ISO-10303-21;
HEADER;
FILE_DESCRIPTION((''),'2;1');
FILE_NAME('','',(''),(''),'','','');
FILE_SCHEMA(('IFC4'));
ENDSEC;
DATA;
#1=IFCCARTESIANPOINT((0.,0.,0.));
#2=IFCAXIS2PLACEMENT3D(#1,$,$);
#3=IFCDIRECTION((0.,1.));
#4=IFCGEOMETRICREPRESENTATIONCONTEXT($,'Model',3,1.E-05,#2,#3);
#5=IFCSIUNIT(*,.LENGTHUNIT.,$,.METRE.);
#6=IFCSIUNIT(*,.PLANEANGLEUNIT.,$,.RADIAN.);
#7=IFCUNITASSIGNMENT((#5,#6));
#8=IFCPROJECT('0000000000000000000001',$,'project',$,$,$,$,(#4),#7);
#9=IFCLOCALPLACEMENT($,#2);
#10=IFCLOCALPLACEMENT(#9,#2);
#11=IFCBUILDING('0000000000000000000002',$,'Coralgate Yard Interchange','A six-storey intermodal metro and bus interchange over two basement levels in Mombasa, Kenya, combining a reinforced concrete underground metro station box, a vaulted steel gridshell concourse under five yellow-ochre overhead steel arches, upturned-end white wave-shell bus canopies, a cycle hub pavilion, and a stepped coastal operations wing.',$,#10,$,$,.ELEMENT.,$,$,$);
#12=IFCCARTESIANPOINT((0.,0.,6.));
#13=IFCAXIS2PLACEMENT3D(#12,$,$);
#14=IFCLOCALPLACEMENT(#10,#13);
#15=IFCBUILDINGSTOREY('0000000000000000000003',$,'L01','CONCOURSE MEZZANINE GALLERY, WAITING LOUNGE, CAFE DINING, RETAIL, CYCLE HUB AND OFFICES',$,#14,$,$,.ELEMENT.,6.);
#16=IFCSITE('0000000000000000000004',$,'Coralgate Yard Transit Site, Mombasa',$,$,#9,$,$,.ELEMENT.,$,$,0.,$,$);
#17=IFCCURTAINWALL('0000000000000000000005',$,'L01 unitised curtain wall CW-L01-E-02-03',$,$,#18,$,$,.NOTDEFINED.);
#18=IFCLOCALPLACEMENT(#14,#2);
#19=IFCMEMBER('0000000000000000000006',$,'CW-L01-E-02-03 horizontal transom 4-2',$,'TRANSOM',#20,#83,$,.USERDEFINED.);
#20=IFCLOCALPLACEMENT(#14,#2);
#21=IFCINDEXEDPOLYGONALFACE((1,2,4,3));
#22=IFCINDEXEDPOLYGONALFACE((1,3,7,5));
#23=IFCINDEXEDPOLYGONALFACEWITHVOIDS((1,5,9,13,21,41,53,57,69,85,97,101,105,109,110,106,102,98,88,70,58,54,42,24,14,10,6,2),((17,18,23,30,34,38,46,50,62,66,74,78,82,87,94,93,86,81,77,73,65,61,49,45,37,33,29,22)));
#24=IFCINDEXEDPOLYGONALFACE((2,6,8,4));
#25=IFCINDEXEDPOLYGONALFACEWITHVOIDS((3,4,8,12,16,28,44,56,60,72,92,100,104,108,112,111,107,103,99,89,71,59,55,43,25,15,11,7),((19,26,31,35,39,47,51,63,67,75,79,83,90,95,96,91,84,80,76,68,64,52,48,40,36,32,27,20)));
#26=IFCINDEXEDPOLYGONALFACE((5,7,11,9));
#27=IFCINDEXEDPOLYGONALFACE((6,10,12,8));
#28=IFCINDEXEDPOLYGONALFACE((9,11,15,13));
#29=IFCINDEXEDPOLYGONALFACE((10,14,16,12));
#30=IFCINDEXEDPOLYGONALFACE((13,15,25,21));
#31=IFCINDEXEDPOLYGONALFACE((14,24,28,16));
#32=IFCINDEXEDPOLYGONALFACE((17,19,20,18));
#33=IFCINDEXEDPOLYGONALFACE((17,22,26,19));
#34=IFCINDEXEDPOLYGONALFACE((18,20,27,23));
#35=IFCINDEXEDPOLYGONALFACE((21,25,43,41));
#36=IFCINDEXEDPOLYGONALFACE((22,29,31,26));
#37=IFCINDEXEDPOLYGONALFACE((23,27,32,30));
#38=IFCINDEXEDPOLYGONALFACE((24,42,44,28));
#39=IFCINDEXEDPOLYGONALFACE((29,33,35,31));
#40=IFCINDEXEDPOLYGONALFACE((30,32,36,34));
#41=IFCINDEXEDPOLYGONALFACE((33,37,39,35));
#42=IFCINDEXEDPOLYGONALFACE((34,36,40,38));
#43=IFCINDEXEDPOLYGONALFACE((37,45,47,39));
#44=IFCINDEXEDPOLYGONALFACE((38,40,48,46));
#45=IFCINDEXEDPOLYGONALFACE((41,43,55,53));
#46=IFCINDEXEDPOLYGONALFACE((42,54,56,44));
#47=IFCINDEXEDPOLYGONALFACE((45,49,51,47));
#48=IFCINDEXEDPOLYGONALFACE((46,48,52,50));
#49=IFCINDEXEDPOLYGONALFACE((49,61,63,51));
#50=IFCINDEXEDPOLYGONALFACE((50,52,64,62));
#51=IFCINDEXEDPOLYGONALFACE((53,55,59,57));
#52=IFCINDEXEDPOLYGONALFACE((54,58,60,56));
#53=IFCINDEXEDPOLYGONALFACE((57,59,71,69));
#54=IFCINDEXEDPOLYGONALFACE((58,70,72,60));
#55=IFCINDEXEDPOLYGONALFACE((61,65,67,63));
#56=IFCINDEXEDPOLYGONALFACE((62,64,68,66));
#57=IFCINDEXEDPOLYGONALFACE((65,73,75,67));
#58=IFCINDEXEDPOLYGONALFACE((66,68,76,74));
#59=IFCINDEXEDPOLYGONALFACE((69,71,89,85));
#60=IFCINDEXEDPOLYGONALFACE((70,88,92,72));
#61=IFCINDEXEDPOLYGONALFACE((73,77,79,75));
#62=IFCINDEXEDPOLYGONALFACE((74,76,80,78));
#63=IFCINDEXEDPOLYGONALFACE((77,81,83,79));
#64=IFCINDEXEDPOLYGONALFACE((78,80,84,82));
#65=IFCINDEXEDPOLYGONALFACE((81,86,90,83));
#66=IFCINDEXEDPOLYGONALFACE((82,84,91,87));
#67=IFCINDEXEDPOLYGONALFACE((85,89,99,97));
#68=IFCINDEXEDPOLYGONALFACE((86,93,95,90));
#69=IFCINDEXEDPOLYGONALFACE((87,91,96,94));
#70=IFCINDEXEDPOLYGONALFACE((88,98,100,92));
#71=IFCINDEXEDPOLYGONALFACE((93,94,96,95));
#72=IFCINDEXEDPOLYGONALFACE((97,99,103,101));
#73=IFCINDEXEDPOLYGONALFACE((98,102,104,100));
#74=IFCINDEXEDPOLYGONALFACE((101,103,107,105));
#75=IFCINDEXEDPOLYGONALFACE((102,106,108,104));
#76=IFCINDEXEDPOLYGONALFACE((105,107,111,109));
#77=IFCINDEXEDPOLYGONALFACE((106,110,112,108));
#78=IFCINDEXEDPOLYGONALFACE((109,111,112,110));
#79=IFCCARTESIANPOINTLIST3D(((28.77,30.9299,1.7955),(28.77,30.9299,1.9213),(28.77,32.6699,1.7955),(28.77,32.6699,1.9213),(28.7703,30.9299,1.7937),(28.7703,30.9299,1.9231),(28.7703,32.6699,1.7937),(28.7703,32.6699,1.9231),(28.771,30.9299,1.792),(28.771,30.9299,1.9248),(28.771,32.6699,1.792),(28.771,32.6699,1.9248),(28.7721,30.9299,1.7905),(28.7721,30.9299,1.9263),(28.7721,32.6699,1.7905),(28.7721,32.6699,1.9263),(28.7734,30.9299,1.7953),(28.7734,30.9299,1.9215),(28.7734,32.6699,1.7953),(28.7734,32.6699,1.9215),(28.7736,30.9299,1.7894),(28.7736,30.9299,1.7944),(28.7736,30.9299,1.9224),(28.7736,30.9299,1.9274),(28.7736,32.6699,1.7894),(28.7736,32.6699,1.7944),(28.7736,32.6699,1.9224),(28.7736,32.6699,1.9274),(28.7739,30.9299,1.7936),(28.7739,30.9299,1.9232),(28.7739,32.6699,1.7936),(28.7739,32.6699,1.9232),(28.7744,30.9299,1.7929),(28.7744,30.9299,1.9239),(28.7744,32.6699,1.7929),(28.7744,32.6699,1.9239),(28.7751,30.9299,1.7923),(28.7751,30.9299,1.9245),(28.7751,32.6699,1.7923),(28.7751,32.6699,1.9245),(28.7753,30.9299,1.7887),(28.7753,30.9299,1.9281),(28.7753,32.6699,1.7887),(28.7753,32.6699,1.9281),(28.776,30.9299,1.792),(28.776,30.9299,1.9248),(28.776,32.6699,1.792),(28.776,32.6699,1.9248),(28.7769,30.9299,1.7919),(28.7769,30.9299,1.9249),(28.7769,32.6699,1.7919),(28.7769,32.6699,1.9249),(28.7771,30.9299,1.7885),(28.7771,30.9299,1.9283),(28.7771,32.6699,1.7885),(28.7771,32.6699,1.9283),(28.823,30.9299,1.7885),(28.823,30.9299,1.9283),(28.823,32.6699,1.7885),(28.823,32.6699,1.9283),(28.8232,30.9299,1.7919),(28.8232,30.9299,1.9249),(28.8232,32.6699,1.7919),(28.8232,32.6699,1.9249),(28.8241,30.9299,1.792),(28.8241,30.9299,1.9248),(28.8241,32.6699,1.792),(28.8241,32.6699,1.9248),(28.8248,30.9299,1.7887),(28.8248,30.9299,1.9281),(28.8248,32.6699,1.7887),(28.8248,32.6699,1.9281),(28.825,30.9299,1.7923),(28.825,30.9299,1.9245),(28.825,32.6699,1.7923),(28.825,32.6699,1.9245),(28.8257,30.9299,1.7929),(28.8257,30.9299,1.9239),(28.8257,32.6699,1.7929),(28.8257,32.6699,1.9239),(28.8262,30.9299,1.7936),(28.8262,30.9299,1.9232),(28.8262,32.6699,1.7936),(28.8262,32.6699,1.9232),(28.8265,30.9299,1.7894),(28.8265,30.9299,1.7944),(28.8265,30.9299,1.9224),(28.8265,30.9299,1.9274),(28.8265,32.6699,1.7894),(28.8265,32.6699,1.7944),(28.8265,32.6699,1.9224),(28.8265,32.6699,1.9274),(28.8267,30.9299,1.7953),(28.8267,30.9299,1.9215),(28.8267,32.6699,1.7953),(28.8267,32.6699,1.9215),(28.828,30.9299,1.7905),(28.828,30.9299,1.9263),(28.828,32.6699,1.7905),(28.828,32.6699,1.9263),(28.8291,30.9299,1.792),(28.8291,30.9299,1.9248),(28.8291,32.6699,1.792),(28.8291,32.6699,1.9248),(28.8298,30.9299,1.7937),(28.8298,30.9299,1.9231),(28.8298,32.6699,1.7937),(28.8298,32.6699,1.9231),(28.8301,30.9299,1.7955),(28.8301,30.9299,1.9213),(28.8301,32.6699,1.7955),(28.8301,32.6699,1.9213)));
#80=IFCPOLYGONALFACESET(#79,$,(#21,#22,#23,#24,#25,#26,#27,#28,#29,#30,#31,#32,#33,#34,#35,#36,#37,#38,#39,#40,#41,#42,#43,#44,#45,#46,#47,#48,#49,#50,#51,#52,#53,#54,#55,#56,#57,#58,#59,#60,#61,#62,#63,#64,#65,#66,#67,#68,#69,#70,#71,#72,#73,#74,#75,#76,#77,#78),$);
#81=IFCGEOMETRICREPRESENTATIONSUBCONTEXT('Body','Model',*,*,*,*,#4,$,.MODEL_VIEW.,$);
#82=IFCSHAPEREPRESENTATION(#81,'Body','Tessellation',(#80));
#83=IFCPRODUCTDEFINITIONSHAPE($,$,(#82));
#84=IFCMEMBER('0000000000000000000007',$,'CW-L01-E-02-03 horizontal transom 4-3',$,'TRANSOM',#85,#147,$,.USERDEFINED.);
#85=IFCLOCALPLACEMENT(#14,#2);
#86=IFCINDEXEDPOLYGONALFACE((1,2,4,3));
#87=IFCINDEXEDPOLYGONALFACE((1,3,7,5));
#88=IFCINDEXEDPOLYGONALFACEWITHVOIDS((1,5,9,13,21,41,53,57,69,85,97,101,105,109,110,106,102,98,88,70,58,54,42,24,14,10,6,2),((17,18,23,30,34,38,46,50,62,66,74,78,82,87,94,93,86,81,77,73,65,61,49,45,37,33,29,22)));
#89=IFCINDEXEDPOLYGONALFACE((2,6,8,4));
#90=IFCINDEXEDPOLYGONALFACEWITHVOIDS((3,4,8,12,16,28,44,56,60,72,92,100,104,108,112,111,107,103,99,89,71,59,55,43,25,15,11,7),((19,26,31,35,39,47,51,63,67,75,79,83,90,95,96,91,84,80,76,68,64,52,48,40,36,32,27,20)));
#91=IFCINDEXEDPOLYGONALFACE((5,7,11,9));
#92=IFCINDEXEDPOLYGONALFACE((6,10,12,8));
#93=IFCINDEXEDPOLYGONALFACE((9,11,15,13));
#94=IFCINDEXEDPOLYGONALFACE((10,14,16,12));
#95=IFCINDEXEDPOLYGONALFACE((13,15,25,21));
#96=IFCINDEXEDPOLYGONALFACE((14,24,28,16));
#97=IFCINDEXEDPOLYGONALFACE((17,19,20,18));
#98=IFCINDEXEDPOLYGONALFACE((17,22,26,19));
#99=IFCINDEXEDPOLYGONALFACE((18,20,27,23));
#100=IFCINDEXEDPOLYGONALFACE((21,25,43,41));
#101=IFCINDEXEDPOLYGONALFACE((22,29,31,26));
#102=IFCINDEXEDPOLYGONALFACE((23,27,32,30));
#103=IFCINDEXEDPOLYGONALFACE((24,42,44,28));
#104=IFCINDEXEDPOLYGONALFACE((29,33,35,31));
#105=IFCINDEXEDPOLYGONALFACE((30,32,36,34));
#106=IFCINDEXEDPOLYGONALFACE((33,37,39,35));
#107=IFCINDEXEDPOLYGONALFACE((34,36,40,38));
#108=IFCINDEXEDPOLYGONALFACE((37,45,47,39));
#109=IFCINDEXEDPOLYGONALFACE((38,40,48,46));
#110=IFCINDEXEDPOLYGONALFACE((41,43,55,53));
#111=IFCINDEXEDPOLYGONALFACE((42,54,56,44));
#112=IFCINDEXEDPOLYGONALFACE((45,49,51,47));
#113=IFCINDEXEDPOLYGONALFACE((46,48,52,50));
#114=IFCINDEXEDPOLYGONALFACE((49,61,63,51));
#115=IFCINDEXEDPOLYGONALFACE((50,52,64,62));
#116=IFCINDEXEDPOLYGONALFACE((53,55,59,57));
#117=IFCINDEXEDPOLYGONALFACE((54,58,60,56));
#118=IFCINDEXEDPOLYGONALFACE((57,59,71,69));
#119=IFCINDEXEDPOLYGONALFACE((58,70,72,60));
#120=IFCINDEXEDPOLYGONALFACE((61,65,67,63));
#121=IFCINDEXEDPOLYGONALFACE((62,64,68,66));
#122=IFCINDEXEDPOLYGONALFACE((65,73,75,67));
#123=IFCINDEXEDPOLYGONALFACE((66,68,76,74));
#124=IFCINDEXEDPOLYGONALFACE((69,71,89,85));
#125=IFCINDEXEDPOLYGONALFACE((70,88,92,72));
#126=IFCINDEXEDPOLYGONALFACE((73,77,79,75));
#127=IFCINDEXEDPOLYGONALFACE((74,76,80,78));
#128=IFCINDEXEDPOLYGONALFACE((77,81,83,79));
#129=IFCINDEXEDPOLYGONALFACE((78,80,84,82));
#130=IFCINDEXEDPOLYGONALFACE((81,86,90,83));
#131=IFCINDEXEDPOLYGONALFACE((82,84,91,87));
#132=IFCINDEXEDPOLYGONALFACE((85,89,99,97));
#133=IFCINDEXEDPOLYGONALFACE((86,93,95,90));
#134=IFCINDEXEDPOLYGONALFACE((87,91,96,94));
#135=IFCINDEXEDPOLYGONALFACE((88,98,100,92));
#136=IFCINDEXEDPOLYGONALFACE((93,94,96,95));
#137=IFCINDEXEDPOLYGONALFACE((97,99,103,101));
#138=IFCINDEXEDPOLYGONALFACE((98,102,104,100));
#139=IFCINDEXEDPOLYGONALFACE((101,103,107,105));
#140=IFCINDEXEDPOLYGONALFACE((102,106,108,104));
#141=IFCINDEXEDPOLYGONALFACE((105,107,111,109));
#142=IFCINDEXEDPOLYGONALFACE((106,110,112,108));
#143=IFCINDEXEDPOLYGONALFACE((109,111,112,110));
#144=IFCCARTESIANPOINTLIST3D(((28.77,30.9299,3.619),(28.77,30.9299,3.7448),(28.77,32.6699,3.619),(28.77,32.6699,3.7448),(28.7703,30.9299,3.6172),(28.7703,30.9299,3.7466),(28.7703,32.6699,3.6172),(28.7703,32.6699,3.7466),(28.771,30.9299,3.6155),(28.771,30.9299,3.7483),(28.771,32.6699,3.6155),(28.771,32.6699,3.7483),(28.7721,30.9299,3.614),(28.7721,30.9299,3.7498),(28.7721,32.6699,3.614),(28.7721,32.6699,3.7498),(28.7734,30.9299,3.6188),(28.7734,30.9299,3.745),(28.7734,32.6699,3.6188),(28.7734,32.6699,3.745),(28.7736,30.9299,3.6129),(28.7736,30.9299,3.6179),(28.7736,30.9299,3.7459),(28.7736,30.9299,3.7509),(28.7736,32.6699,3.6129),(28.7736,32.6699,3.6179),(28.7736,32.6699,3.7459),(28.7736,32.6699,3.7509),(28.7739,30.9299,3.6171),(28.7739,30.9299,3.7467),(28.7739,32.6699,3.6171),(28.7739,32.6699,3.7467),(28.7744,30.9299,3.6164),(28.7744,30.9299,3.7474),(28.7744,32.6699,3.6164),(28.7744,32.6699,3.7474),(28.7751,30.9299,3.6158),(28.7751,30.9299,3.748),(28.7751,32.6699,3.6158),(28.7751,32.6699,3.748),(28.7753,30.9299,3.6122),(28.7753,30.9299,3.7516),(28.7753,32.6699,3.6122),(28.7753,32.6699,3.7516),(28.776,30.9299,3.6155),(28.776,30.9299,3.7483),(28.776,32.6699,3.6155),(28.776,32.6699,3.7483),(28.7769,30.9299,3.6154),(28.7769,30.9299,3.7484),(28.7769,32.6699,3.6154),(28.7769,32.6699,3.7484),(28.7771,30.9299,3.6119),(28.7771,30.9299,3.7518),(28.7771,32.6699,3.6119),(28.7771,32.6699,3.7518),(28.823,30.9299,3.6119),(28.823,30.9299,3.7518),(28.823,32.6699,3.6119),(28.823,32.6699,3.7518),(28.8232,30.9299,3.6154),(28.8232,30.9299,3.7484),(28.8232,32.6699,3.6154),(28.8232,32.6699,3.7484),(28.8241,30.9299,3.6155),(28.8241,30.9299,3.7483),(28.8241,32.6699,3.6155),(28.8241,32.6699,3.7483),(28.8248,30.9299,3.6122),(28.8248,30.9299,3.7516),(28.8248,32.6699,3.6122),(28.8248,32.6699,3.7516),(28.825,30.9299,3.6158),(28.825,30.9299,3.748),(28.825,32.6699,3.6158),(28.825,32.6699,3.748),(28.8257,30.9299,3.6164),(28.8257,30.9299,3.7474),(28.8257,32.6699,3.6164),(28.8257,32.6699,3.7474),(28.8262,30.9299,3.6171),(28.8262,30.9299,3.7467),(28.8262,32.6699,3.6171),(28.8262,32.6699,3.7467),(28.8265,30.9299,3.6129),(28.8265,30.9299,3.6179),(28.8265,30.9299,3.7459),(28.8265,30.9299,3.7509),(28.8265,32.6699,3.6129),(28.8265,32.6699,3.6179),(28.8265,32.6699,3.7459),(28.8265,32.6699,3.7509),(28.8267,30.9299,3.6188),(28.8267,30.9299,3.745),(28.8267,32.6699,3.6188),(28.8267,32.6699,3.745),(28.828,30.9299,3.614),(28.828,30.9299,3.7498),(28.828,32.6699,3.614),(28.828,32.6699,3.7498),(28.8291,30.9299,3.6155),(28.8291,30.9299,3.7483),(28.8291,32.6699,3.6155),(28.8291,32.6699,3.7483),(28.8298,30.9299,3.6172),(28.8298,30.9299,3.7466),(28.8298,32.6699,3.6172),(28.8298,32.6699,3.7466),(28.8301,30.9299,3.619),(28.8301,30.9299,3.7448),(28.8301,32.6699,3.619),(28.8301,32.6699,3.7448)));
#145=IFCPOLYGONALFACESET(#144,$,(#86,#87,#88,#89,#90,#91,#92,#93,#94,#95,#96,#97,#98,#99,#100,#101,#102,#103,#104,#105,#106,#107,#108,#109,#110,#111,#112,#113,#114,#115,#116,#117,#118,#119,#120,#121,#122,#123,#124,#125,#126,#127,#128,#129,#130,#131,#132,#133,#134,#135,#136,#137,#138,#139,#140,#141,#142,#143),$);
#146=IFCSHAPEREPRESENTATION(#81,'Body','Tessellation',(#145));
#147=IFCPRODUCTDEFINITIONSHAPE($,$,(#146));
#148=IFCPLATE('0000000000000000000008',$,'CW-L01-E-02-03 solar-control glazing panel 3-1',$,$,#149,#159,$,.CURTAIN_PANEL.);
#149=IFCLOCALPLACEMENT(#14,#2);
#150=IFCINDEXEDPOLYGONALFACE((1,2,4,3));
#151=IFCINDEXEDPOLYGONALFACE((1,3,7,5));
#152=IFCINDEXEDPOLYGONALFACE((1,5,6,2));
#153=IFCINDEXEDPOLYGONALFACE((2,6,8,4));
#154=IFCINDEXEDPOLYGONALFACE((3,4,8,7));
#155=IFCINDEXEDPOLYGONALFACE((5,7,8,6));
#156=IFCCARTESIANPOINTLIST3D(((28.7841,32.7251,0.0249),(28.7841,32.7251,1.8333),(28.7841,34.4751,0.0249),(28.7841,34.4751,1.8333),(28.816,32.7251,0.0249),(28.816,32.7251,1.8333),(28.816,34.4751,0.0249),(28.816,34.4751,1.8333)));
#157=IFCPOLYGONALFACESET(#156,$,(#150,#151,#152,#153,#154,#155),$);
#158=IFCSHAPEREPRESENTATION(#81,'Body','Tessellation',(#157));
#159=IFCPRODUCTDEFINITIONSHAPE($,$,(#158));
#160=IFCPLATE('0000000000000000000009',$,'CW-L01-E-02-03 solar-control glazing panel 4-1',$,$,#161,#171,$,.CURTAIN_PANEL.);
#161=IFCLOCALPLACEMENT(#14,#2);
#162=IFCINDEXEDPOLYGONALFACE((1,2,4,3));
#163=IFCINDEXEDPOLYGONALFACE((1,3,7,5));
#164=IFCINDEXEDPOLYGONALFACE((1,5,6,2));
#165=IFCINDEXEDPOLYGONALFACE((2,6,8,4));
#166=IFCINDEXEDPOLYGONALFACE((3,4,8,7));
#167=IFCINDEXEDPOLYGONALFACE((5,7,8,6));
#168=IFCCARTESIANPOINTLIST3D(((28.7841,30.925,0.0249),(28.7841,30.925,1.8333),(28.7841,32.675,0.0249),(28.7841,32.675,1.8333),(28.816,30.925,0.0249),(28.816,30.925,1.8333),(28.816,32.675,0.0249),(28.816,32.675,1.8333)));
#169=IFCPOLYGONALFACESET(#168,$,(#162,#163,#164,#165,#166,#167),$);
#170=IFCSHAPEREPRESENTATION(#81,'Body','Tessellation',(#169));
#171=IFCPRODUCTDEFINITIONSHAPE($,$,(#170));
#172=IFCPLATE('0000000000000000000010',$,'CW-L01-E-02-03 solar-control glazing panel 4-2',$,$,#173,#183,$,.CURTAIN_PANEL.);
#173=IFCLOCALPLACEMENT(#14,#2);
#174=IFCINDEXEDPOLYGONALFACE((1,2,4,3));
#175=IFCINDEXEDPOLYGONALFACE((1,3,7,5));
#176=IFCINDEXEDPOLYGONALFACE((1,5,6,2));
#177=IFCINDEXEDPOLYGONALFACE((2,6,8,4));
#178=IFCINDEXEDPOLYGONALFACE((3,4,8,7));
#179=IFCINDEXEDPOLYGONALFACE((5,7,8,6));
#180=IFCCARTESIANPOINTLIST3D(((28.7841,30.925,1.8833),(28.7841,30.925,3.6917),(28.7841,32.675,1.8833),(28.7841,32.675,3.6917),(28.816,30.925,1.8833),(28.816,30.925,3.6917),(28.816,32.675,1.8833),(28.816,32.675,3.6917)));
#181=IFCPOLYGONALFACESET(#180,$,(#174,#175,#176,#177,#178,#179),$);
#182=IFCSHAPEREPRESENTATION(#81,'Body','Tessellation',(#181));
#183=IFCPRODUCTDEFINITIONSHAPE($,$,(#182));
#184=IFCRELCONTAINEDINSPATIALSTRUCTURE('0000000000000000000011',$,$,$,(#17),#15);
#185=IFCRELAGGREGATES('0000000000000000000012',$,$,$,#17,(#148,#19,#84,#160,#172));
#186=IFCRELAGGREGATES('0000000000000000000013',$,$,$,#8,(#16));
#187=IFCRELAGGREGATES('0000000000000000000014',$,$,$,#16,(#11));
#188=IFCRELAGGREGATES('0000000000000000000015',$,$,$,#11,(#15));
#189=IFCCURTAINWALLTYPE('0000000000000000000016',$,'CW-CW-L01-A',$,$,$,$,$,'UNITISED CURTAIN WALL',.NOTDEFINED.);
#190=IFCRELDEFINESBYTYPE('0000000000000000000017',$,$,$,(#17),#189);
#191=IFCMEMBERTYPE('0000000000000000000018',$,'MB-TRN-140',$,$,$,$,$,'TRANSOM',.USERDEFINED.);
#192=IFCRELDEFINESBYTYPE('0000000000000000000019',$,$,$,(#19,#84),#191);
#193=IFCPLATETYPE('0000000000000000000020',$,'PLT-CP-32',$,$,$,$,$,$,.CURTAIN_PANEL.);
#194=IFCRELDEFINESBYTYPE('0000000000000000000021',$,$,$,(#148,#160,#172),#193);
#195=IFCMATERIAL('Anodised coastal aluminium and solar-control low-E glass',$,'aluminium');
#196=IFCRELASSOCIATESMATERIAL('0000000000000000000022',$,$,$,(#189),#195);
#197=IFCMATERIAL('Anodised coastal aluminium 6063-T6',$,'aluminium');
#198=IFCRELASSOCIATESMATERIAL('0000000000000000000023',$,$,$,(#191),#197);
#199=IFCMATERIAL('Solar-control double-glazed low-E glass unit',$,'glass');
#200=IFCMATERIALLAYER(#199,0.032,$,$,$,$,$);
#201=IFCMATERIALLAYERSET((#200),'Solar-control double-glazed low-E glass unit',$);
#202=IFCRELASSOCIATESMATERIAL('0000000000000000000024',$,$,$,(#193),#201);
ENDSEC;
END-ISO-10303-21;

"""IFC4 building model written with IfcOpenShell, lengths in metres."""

from ifc_helpers import new_model, si_unit, direction, frame, origin, origin_2d, place, context, subcontext, project, spatial, rectangle, hollow_rectangle, extrude, material, layer, layer_set, material_profile, profile_set, type_object, element, aggregate, save


model = new_model("IFC4")

# Units and contexts
model_context = context("Model", 3, precision=1e-05, world=origin(), true_north=direction((0.0, 1.0)))
body_context = subcontext(model_context, "Body", "Model", "MODEL_VIEW")
ifc_project = project(units=[si_unit("LENGTHUNIT", "METRE"), si_unit("PLANEANGLEUNIT", "RADIAN")], contexts=[model_context])

# Site, building, storey
site_placement = place(None, origin())
site = spatial("IfcSite", under=ifc_project, at=site_placement, Name="Coralgate Yard Transit Site, Mombasa", CompositionType="ELEMENT", RefElevation=0.0)
building_placement = place(site_placement, origin())
building = spatial("IfcBuilding", under=site, at=building_placement, Name="Coralgate Yard Interchange", Description="A six-storey intermodal metro and bus interchange over two basement levels in Mombasa, Kenya, combining a reinforced concrete underground metro station box, a vaulted steel gridshell concourse under five yellow-ochre overhead steel arches, upturned-end white wave-shell bus canopies, a cycle hub pavilion, and a stepped coastal operations wing.", CompositionType="ELEMENT")
storey_placement = place(building_placement, frame((0.0, 0.0, 6.0)))
storey = spatial("IfcBuildingStorey", under=building, at=storey_placement, Name="L01", Description="CONCOURSE MEZZANINE GALLERY, WAITING LOUNGE, CAFE DINING, RETAIL, CYCLE HUB AND OFFICES", CompositionType="ELEMENT", Elevation=6.0)

# Curtain wall, members, plates
ifc_material_1 = material(Name="Anodised coastal aluminium and solar-control low-E glass", Category="aluminium")
curtain_wall_type = type_object("IfcCurtainWallType", Name="CW-CW-L01-A", ElementType="UNITISED CURTAIN WALL", PredefinedType="NOTDEFINED", material=ifc_material_1)
curtain_wall_placement = place(storey_placement, origin())
curtain_wall = element("IfcCurtainWall", 1, at=curtain_wall_placement, inside=storey, type_object=curtain_wall_type, Name="L01 unitised curtain wall CW-L01-E-02-03", PredefinedType="NOTDEFINED")
ifc_material_2 = material(Name="Anodised coastal aluminium 6063-T6", Category="aluminium")
ifc_material_profile_1 = material_profile(ifc_material_2, hollow_rectangle(XDim=0.0601, YDim=0.1399, WallThickness=0.0034, InnerFilletRadius=0.0034, OuterFilletRadius=0.0071, at=origin_2d()), Name="ALU 60x140x3.5")
ifc_profile_set_1 = profile_set([ifc_material_profile_1], Name="Anodised coastal aluminium 6063-T6")
member_type_1 = type_object("IfcMemberType", Name="MB-TRN-140", ElementType="TRANSOM", PredefinedType="USERDEFINED", material=ifc_profile_set_1)
member_1_placement = place(storey_placement, frame((28.8, 32.6699, 1.8584), z_axis=(0.0, -1.0, 0.0), x_axis=(1.0, 0.0, 0.0)))
member_1 = element("IfcMember", 2, at=member_1_placement, type_object=member_type_1, Name="CW-L01-E-02-03 horizontal transom 4-2", ObjectType="TRANSOM", PredefinedType="USERDEFINED", context=body_context, shape_type="SweptSolid", body=[
    extrude(hollow_rectangle(XDim=0.0601, YDim=0.1399, WallThickness=0.0034, InnerFilletRadius=0.0034, OuterFilletRadius=0.0071, at=origin_2d()), origin(), (0.0, 0.0, 1.0), 1.74),
])
member_2_placement = place(storey_placement, frame((28.8, 32.6699, 3.6819), z_axis=(0.0, -1.0, 0.0), x_axis=(1.0, 0.0, 0.0)))
member_2 = element("IfcMember", 3, at=member_2_placement, type_object=member_type_1, Name="CW-L01-E-02-03 horizontal transom 4-3", ObjectType="TRANSOM", PredefinedType="USERDEFINED", context=body_context, shape_type="SweptSolid", body=[
    extrude(hollow_rectangle(XDim=0.0601, YDim=0.1399, WallThickness=0.0034, InnerFilletRadius=0.0034, OuterFilletRadius=0.0071, at=origin_2d()), origin(), (0.0, 0.0, 1.0), 1.74),
])
ifc_material_3 = material(Name="Solar-control double-glazed low-E glass unit", Category="glass")
ifc_layer_1 = layer(ifc_material_3, 0.032)
ifc_layer_set_1 = layer_set([ifc_layer_1], Name="Solar-control double-glazed low-E glass unit")
plate_type = type_object("IfcPlateType", Name="PLT-CP-32", PredefinedType="CURTAIN_PANEL", material=ifc_layer_set_1)
plate_1_placement = place(storey_placement, frame((28.8, 33.6001, 0.0249), z_axis=(0.0, 0.0, 1.0), x_axis=(0.0, -1.0, 0.0)))
plate_1 = element("IfcPlate", 4, at=plate_1_placement, type_object=plate_type, Name="CW-L01-E-02-03 solar-control glazing panel 3-1", PredefinedType="CURTAIN_PANEL", context=body_context, shape_type="SweptSolid", body=[
    extrude(rectangle(XDim=1.75, YDim=0.032, at=origin_2d()), origin(), (0.0, 0.0, 1.0), 1.8083),
])
plate_2_placement = place(storey_placement, frame((28.8, 31.8, 0.0249), z_axis=(0.0, 0.0, 1.0), x_axis=(0.0, -1.0, 0.0)))
plate_2 = element("IfcPlate", 5, at=plate_2_placement, type_object=plate_type, Name="CW-L01-E-02-03 solar-control glazing panel 4-1", PredefinedType="CURTAIN_PANEL", context=body_context, shape_type="SweptSolid", body=[
    extrude(rectangle(XDim=1.75, YDim=0.032, at=origin_2d()), origin(), (0.0, 0.0, 1.0), 1.8083),
])
plate_3_placement = place(storey_placement, frame((28.8, 31.8, 1.8833), z_axis=(0.0, 0.0, 1.0), x_axis=(0.0, -1.0, 0.0)))
plate_3 = element("IfcPlate", 6, at=plate_3_placement, type_object=plate_type, Name="CW-L01-E-02-03 solar-control glazing panel 4-2", PredefinedType="CURTAIN_PANEL", context=body_context, shape_type="SweptSolid", body=[
    extrude(rectangle(XDim=1.75, YDim=0.032, at=origin_2d()), origin(), (0.0, 0.0, 1.0), 1.8083),
])
aggregate(curtain_wall, [plate_1, member_1, member_2, plate_2, plate_3])

save(model, "model.ifc")
